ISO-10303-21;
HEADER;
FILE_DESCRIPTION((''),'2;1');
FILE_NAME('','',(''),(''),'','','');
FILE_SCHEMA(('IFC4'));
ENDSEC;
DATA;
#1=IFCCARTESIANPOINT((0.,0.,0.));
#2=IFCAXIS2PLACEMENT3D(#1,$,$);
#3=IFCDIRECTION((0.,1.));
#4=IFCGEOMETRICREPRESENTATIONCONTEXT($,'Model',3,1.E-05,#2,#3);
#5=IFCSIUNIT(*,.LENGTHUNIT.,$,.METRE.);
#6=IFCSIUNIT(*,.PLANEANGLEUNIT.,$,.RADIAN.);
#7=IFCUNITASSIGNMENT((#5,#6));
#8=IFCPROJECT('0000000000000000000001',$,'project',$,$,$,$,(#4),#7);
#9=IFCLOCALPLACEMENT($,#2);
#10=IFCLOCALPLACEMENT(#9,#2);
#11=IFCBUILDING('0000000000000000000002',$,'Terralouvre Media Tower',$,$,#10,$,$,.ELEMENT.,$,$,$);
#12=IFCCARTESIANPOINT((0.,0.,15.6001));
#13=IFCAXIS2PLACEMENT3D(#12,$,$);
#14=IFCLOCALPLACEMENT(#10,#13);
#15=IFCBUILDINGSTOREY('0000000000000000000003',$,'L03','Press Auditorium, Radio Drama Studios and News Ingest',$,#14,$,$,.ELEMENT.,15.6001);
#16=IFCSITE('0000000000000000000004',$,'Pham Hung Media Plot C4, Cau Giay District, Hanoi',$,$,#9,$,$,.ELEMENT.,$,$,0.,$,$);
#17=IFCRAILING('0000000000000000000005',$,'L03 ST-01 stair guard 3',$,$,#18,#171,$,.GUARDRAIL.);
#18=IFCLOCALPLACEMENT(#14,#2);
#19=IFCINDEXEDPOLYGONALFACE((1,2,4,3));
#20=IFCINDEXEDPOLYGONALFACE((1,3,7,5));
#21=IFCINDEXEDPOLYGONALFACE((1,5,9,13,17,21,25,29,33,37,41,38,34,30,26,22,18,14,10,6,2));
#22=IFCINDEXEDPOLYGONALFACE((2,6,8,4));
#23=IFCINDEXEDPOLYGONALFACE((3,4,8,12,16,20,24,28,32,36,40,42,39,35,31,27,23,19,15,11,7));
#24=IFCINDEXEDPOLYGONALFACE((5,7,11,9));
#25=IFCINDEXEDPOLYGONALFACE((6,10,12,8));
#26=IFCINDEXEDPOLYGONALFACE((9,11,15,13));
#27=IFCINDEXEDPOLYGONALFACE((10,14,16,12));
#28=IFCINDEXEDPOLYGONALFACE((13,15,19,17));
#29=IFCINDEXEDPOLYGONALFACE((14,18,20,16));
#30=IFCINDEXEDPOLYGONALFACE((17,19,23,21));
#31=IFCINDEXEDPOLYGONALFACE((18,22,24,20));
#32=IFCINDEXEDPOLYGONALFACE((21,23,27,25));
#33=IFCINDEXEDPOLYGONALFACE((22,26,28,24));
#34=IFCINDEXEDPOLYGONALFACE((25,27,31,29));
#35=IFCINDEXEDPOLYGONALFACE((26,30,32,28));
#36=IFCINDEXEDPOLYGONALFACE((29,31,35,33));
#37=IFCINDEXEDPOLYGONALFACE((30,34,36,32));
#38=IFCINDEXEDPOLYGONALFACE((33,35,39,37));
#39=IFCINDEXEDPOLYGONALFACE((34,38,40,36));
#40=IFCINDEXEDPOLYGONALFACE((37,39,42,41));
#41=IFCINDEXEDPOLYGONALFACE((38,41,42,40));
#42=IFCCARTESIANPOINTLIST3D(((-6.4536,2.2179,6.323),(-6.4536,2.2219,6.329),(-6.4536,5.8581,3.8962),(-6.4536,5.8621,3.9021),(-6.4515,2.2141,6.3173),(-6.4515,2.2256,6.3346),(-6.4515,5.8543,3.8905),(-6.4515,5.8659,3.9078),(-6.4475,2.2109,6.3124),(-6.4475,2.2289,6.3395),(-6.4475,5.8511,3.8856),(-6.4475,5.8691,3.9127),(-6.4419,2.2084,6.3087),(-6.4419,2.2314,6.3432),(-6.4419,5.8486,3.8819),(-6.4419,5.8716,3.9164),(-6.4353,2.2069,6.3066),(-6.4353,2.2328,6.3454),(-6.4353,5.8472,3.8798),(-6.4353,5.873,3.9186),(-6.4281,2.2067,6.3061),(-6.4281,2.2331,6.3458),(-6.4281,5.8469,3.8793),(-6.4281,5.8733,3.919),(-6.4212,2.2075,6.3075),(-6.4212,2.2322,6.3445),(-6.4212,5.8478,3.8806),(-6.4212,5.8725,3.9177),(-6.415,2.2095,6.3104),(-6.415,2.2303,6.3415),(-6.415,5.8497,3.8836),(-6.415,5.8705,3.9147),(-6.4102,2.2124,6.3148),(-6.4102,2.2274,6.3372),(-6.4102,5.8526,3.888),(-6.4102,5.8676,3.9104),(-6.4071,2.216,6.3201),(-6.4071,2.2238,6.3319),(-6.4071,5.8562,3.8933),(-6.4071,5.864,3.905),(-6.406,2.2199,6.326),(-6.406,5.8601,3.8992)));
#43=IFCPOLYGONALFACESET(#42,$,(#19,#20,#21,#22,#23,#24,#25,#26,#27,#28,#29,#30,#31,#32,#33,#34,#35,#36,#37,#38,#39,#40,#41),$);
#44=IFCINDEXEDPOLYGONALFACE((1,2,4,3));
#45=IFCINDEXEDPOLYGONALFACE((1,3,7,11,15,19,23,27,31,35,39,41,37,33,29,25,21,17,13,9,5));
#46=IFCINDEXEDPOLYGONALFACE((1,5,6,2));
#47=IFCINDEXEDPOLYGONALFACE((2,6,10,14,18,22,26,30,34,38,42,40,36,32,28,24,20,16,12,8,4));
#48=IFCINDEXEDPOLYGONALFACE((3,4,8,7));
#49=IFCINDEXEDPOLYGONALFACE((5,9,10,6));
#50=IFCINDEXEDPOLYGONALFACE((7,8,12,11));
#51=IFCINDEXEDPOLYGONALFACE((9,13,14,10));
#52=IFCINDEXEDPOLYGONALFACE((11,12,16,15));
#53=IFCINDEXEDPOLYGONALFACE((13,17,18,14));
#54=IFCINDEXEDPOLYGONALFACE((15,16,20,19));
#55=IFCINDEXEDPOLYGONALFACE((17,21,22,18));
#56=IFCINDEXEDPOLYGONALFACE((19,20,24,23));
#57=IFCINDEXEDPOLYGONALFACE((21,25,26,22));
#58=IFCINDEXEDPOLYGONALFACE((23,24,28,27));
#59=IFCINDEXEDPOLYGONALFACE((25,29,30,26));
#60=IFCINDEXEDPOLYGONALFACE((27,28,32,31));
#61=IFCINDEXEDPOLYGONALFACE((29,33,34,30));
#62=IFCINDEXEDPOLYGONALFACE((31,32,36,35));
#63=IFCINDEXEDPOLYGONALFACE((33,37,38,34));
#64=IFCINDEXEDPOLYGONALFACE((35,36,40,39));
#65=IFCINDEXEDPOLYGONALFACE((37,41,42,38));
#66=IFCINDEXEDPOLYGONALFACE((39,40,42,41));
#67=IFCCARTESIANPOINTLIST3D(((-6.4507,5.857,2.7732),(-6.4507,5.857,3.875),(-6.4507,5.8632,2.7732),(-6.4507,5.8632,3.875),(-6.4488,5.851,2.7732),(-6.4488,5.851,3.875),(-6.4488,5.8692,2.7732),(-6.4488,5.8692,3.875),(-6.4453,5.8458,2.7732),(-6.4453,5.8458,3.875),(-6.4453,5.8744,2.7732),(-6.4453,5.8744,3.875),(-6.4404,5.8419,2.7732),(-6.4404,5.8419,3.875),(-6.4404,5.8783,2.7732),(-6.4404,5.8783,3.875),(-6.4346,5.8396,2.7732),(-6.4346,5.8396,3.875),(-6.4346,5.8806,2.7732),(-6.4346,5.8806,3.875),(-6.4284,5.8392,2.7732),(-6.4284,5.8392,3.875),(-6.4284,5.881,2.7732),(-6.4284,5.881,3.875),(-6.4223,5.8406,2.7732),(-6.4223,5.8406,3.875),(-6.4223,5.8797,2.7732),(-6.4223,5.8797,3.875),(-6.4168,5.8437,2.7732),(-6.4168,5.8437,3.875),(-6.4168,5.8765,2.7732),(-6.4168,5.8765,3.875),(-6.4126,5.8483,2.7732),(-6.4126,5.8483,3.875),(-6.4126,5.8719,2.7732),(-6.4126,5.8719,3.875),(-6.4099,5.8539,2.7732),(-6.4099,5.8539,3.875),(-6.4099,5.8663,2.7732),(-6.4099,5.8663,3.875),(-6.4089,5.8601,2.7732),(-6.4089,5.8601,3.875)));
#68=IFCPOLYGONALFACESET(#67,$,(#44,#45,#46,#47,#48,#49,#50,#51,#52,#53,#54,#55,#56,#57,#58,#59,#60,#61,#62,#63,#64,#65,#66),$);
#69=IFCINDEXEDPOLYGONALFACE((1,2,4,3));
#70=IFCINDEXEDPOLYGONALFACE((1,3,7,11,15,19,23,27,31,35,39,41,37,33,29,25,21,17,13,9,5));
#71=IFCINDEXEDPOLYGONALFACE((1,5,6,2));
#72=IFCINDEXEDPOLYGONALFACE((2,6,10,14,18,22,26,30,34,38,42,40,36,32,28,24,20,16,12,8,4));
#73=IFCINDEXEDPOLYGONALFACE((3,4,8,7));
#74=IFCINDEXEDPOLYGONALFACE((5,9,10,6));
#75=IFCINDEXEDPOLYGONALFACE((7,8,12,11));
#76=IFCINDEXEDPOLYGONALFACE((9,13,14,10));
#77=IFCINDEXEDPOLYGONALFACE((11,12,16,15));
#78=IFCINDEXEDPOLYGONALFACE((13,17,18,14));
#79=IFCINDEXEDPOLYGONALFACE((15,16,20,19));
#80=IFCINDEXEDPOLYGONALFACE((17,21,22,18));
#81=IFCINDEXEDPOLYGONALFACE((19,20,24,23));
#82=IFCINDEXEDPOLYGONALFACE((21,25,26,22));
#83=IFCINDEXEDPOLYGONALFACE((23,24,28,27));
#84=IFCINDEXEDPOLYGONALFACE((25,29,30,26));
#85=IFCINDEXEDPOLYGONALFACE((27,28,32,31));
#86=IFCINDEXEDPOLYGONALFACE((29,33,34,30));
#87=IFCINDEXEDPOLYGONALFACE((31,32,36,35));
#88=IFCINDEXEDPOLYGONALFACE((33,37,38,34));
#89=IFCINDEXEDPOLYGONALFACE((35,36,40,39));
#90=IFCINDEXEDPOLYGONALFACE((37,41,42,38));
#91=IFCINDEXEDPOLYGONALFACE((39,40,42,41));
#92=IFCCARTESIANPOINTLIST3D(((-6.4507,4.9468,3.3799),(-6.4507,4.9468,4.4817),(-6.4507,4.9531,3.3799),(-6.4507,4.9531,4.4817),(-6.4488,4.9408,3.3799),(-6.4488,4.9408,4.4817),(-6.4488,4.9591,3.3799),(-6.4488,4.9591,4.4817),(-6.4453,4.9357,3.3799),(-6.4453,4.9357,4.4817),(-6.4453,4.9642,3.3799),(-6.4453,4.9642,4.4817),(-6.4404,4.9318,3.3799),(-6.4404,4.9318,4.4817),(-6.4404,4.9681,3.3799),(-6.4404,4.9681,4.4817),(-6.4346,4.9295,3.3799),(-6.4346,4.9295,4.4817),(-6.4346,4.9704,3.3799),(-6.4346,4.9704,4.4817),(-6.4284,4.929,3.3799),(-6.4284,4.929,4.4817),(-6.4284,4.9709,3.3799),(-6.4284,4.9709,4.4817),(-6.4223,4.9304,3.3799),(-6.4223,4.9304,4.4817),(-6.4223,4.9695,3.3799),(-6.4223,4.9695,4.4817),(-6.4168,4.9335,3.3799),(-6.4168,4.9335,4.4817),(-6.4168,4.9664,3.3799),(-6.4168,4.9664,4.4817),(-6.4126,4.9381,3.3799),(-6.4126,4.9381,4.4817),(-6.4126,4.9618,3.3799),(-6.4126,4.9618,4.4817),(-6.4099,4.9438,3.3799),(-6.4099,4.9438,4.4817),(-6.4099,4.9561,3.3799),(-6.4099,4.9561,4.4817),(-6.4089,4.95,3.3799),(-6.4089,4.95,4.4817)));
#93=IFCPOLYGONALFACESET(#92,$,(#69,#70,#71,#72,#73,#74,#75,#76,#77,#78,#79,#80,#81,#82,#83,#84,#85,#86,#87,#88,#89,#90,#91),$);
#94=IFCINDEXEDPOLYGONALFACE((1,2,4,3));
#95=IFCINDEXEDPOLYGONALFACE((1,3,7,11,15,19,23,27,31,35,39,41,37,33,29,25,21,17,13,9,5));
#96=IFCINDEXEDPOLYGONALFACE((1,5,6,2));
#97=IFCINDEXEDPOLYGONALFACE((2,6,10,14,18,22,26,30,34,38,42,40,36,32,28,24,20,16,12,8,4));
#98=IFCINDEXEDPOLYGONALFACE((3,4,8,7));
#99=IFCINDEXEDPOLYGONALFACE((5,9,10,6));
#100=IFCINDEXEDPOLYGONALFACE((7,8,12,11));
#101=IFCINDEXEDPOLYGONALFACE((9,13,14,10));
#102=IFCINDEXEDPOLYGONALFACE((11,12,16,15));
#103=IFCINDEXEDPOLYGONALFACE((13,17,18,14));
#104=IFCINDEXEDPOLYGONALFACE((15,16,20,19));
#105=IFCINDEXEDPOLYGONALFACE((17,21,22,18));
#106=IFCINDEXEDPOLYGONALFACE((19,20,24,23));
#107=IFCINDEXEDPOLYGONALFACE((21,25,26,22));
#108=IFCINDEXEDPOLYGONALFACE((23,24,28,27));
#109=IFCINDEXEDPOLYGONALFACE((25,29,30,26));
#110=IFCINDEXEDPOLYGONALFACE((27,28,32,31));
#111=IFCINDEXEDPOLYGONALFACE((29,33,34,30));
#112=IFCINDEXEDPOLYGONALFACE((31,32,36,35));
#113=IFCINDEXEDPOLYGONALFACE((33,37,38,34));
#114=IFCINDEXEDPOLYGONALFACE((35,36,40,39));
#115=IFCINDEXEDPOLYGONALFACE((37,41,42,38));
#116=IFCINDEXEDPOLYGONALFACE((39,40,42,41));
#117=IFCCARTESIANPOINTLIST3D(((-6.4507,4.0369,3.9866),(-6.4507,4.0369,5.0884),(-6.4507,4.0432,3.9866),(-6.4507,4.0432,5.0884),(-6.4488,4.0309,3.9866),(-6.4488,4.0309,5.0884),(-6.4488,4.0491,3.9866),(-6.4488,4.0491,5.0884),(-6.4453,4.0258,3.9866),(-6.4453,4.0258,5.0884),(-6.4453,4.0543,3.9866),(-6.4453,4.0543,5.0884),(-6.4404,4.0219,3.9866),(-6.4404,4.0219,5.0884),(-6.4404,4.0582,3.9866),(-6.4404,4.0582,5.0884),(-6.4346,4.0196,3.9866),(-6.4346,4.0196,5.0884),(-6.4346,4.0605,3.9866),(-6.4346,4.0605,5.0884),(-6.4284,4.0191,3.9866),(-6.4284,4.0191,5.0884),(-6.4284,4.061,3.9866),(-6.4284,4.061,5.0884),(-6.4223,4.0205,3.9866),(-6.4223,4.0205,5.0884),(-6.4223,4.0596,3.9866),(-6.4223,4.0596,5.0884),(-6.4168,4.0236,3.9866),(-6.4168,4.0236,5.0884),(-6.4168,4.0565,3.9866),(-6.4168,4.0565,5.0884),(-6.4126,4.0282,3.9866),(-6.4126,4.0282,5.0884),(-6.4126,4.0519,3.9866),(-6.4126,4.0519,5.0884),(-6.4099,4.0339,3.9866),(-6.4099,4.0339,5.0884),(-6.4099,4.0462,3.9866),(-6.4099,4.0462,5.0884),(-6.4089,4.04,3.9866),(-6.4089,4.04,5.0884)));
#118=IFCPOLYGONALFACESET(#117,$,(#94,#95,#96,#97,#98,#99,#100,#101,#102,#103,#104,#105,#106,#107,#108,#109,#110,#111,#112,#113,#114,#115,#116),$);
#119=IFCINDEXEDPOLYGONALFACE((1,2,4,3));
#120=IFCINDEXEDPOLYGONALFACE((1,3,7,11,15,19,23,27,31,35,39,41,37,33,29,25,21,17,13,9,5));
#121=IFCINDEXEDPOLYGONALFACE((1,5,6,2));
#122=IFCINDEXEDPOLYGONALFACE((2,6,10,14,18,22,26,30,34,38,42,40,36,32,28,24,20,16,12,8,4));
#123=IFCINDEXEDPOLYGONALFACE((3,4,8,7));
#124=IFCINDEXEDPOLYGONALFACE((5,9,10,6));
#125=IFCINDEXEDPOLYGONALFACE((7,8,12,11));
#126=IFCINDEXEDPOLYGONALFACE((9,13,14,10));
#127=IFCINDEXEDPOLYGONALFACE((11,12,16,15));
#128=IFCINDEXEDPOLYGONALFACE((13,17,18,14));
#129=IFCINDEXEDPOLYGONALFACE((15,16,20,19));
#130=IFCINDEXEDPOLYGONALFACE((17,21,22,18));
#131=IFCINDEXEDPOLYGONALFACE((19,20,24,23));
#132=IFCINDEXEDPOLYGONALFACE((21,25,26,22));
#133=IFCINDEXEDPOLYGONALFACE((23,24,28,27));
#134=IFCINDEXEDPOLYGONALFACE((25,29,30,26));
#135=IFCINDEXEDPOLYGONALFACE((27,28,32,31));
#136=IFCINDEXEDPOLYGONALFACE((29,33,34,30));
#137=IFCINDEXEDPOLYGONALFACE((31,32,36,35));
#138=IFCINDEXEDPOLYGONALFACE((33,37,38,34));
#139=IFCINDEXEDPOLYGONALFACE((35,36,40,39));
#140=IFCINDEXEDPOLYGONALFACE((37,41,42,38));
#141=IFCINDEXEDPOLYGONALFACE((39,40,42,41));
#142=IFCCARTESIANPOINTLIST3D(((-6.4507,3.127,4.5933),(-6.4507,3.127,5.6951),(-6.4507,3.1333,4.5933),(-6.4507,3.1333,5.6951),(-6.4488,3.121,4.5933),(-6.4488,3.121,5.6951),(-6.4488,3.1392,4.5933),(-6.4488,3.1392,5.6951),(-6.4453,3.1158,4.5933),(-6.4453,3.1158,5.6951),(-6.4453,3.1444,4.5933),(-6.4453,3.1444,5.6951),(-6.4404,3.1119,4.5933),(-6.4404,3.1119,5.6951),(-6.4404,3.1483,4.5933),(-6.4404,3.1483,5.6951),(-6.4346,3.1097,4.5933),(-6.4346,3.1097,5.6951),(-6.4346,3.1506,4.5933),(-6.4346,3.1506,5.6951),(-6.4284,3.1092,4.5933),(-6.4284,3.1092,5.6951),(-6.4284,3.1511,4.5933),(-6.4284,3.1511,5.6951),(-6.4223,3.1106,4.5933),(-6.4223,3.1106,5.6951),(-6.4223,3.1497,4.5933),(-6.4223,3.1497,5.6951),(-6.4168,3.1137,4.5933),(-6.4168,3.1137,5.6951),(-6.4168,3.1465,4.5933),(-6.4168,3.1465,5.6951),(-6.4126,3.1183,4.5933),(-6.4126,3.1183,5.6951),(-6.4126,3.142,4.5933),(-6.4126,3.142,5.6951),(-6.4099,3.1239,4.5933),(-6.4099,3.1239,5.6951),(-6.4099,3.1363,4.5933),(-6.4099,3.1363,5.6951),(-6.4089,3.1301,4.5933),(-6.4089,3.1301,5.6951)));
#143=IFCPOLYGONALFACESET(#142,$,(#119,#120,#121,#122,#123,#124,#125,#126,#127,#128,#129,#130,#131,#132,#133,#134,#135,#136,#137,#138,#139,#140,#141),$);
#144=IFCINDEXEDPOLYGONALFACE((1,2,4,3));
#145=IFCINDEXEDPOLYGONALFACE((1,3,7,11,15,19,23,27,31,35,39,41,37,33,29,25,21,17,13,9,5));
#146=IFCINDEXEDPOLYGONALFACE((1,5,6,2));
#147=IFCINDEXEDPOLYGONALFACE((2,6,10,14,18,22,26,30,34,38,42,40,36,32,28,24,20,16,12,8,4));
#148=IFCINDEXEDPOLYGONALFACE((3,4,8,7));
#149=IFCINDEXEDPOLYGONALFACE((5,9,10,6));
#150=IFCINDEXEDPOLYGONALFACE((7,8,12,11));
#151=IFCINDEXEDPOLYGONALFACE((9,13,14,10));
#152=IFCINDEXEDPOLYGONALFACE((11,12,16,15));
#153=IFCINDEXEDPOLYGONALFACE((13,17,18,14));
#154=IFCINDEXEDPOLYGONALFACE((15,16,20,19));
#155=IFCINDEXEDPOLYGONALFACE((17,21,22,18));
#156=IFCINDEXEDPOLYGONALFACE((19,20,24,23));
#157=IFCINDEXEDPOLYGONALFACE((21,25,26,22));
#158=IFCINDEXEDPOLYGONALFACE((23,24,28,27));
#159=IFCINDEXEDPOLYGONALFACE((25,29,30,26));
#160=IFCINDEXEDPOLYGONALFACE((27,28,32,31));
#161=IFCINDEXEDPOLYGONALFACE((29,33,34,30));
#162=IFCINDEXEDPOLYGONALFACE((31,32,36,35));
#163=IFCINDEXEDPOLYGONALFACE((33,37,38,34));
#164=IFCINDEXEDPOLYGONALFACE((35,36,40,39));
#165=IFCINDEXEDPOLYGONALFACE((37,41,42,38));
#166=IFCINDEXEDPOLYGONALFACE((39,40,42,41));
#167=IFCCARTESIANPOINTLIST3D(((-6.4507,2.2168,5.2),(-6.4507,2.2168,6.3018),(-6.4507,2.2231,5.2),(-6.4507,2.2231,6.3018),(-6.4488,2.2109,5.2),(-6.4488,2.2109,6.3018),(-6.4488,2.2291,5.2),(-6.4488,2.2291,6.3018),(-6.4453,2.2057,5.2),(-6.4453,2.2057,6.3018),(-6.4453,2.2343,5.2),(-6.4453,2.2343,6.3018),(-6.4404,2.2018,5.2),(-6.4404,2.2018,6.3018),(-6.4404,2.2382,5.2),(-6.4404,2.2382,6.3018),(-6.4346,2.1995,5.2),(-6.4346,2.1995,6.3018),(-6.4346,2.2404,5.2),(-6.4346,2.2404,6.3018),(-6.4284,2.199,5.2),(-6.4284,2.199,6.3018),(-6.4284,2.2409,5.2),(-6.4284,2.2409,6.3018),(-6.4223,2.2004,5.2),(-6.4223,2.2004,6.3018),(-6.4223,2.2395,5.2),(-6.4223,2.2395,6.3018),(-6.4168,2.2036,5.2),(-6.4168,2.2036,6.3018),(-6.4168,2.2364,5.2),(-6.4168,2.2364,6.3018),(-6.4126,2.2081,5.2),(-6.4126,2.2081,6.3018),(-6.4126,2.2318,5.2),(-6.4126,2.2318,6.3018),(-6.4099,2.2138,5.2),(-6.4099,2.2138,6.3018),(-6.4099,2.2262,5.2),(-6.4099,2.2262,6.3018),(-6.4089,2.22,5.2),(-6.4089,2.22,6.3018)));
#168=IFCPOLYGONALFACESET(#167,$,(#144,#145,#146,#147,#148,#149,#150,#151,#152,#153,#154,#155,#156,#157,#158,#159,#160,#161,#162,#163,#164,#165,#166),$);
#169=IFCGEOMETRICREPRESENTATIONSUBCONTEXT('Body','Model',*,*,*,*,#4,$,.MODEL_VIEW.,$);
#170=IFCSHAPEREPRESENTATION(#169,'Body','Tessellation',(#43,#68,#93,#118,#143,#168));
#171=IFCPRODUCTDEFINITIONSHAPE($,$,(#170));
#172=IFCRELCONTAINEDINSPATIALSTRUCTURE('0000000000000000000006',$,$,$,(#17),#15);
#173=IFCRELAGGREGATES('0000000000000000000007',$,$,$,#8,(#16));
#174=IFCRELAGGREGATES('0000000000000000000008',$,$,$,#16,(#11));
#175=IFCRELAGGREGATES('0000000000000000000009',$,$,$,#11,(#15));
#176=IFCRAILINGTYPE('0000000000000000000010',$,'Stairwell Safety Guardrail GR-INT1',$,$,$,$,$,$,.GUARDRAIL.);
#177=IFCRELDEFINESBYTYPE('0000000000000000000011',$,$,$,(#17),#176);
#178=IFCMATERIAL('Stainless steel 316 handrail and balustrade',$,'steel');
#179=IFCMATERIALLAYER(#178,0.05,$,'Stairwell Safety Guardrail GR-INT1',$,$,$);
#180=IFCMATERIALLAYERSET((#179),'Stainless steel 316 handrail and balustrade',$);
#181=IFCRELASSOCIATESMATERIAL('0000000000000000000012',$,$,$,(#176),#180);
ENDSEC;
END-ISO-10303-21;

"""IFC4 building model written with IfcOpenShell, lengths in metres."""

from ifc_helpers import new_model, si_unit, direction, frame, origin, origin_2d, place, context, subcontext, project, spatial, circle, extrude, material, layer, layer_set, type_object, element, save


model = new_model("IFC4")

# Units and contexts
model_context = context("Model", 3, precision=1e-05, world=origin(), true_north=direction((0.0, 1.0)))
body_context = subcontext(model_context, "Body", "Model", "MODEL_VIEW")
ifc_project = project(units=[si_unit("LENGTHUNIT", "METRE"), si_unit("PLANEANGLEUNIT", "RADIAN")], contexts=[model_context])

# Site, building, storey
site_placement = place(None, origin())
site = spatial("IfcSite", under=ifc_project, at=site_placement, Name="Pham Hung Media Plot C4, Cau Giay District, Hanoi", CompositionType="ELEMENT", RefElevation=0.0)
building_placement = place(site_placement, origin())
building = spatial("IfcBuilding", under=site, at=building_placement, Name="Terralouvre Media Tower", CompositionType="ELEMENT")
storey_placement = place(building_placement, frame((0.0, 0.0, 15.6001)))
storey = spatial("IfcBuildingStorey", under=building, at=storey_placement, Name="L03", Description="Press Auditorium, Radio Drama Studios and News Ingest", CompositionType="ELEMENT", Elevation=15.6001)

# Railing
ifc_material_1 = material(Name="Stainless steel 316 handrail and balustrade", Category="steel")
ifc_layer_1 = layer(ifc_material_1, 0.05, Name="Stairwell Safety Guardrail GR-INT1")
ifc_layer_set_1 = layer_set([ifc_layer_1], Name="Stainless steel 316 handrail and balustrade")
railing_type_1 = type_object("IfcRailingType", Name="Stairwell Safety Guardrail GR-INT1", PredefinedType="GUARDRAIL", material=ifc_layer_set_1)
railing_1_placement = place(storey_placement, frame((-6.4299, 5.8601, 2.7732)))
element("IfcRailing", 1, at=railing_1_placement, inside=storey, type_object=railing_type_1, Name="L03 ST-01 stair guard 3", PredefinedType="GUARDRAIL", context=body_context, shape_type="SweptSolid", body=[
    extrude(circle(Radius=0.0239, at=origin_2d()), frame((0.0, 0.0, 1.126), z_axis=(0.0, -0.83205, 0.5547), x_axis=(1.0, 0.0, 0.0)), (0.0, 0.0, 1.0), 4.375),
    extrude(circle(Radius=0.021, at=origin_2d()), origin(), (0.0, 0.0, 1.0), 1.1018),
    extrude(circle(Radius=0.021, at=origin_2d()), frame((0.0, -0.9102, 0.6067)), (0.0, 0.0, 1.0), 1.1018),
    extrude(circle(Radius=0.021, at=origin_2d()), frame((0.0, -1.8201, 1.2134)), (0.0, 0.0, 1.0), 1.1018),
    extrude(circle(Radius=0.021, at=origin_2d()), frame((0.0, -2.73, 1.8201)), (0.0, 0.0, 1.0), 1.1018),
    extrude(circle(Radius=0.021, at=origin_2d()), frame((0.0, -3.6401, 2.4268)), (0.0, 0.0, 1.0), 1.1018),
])

save(model, "model.ifc")
